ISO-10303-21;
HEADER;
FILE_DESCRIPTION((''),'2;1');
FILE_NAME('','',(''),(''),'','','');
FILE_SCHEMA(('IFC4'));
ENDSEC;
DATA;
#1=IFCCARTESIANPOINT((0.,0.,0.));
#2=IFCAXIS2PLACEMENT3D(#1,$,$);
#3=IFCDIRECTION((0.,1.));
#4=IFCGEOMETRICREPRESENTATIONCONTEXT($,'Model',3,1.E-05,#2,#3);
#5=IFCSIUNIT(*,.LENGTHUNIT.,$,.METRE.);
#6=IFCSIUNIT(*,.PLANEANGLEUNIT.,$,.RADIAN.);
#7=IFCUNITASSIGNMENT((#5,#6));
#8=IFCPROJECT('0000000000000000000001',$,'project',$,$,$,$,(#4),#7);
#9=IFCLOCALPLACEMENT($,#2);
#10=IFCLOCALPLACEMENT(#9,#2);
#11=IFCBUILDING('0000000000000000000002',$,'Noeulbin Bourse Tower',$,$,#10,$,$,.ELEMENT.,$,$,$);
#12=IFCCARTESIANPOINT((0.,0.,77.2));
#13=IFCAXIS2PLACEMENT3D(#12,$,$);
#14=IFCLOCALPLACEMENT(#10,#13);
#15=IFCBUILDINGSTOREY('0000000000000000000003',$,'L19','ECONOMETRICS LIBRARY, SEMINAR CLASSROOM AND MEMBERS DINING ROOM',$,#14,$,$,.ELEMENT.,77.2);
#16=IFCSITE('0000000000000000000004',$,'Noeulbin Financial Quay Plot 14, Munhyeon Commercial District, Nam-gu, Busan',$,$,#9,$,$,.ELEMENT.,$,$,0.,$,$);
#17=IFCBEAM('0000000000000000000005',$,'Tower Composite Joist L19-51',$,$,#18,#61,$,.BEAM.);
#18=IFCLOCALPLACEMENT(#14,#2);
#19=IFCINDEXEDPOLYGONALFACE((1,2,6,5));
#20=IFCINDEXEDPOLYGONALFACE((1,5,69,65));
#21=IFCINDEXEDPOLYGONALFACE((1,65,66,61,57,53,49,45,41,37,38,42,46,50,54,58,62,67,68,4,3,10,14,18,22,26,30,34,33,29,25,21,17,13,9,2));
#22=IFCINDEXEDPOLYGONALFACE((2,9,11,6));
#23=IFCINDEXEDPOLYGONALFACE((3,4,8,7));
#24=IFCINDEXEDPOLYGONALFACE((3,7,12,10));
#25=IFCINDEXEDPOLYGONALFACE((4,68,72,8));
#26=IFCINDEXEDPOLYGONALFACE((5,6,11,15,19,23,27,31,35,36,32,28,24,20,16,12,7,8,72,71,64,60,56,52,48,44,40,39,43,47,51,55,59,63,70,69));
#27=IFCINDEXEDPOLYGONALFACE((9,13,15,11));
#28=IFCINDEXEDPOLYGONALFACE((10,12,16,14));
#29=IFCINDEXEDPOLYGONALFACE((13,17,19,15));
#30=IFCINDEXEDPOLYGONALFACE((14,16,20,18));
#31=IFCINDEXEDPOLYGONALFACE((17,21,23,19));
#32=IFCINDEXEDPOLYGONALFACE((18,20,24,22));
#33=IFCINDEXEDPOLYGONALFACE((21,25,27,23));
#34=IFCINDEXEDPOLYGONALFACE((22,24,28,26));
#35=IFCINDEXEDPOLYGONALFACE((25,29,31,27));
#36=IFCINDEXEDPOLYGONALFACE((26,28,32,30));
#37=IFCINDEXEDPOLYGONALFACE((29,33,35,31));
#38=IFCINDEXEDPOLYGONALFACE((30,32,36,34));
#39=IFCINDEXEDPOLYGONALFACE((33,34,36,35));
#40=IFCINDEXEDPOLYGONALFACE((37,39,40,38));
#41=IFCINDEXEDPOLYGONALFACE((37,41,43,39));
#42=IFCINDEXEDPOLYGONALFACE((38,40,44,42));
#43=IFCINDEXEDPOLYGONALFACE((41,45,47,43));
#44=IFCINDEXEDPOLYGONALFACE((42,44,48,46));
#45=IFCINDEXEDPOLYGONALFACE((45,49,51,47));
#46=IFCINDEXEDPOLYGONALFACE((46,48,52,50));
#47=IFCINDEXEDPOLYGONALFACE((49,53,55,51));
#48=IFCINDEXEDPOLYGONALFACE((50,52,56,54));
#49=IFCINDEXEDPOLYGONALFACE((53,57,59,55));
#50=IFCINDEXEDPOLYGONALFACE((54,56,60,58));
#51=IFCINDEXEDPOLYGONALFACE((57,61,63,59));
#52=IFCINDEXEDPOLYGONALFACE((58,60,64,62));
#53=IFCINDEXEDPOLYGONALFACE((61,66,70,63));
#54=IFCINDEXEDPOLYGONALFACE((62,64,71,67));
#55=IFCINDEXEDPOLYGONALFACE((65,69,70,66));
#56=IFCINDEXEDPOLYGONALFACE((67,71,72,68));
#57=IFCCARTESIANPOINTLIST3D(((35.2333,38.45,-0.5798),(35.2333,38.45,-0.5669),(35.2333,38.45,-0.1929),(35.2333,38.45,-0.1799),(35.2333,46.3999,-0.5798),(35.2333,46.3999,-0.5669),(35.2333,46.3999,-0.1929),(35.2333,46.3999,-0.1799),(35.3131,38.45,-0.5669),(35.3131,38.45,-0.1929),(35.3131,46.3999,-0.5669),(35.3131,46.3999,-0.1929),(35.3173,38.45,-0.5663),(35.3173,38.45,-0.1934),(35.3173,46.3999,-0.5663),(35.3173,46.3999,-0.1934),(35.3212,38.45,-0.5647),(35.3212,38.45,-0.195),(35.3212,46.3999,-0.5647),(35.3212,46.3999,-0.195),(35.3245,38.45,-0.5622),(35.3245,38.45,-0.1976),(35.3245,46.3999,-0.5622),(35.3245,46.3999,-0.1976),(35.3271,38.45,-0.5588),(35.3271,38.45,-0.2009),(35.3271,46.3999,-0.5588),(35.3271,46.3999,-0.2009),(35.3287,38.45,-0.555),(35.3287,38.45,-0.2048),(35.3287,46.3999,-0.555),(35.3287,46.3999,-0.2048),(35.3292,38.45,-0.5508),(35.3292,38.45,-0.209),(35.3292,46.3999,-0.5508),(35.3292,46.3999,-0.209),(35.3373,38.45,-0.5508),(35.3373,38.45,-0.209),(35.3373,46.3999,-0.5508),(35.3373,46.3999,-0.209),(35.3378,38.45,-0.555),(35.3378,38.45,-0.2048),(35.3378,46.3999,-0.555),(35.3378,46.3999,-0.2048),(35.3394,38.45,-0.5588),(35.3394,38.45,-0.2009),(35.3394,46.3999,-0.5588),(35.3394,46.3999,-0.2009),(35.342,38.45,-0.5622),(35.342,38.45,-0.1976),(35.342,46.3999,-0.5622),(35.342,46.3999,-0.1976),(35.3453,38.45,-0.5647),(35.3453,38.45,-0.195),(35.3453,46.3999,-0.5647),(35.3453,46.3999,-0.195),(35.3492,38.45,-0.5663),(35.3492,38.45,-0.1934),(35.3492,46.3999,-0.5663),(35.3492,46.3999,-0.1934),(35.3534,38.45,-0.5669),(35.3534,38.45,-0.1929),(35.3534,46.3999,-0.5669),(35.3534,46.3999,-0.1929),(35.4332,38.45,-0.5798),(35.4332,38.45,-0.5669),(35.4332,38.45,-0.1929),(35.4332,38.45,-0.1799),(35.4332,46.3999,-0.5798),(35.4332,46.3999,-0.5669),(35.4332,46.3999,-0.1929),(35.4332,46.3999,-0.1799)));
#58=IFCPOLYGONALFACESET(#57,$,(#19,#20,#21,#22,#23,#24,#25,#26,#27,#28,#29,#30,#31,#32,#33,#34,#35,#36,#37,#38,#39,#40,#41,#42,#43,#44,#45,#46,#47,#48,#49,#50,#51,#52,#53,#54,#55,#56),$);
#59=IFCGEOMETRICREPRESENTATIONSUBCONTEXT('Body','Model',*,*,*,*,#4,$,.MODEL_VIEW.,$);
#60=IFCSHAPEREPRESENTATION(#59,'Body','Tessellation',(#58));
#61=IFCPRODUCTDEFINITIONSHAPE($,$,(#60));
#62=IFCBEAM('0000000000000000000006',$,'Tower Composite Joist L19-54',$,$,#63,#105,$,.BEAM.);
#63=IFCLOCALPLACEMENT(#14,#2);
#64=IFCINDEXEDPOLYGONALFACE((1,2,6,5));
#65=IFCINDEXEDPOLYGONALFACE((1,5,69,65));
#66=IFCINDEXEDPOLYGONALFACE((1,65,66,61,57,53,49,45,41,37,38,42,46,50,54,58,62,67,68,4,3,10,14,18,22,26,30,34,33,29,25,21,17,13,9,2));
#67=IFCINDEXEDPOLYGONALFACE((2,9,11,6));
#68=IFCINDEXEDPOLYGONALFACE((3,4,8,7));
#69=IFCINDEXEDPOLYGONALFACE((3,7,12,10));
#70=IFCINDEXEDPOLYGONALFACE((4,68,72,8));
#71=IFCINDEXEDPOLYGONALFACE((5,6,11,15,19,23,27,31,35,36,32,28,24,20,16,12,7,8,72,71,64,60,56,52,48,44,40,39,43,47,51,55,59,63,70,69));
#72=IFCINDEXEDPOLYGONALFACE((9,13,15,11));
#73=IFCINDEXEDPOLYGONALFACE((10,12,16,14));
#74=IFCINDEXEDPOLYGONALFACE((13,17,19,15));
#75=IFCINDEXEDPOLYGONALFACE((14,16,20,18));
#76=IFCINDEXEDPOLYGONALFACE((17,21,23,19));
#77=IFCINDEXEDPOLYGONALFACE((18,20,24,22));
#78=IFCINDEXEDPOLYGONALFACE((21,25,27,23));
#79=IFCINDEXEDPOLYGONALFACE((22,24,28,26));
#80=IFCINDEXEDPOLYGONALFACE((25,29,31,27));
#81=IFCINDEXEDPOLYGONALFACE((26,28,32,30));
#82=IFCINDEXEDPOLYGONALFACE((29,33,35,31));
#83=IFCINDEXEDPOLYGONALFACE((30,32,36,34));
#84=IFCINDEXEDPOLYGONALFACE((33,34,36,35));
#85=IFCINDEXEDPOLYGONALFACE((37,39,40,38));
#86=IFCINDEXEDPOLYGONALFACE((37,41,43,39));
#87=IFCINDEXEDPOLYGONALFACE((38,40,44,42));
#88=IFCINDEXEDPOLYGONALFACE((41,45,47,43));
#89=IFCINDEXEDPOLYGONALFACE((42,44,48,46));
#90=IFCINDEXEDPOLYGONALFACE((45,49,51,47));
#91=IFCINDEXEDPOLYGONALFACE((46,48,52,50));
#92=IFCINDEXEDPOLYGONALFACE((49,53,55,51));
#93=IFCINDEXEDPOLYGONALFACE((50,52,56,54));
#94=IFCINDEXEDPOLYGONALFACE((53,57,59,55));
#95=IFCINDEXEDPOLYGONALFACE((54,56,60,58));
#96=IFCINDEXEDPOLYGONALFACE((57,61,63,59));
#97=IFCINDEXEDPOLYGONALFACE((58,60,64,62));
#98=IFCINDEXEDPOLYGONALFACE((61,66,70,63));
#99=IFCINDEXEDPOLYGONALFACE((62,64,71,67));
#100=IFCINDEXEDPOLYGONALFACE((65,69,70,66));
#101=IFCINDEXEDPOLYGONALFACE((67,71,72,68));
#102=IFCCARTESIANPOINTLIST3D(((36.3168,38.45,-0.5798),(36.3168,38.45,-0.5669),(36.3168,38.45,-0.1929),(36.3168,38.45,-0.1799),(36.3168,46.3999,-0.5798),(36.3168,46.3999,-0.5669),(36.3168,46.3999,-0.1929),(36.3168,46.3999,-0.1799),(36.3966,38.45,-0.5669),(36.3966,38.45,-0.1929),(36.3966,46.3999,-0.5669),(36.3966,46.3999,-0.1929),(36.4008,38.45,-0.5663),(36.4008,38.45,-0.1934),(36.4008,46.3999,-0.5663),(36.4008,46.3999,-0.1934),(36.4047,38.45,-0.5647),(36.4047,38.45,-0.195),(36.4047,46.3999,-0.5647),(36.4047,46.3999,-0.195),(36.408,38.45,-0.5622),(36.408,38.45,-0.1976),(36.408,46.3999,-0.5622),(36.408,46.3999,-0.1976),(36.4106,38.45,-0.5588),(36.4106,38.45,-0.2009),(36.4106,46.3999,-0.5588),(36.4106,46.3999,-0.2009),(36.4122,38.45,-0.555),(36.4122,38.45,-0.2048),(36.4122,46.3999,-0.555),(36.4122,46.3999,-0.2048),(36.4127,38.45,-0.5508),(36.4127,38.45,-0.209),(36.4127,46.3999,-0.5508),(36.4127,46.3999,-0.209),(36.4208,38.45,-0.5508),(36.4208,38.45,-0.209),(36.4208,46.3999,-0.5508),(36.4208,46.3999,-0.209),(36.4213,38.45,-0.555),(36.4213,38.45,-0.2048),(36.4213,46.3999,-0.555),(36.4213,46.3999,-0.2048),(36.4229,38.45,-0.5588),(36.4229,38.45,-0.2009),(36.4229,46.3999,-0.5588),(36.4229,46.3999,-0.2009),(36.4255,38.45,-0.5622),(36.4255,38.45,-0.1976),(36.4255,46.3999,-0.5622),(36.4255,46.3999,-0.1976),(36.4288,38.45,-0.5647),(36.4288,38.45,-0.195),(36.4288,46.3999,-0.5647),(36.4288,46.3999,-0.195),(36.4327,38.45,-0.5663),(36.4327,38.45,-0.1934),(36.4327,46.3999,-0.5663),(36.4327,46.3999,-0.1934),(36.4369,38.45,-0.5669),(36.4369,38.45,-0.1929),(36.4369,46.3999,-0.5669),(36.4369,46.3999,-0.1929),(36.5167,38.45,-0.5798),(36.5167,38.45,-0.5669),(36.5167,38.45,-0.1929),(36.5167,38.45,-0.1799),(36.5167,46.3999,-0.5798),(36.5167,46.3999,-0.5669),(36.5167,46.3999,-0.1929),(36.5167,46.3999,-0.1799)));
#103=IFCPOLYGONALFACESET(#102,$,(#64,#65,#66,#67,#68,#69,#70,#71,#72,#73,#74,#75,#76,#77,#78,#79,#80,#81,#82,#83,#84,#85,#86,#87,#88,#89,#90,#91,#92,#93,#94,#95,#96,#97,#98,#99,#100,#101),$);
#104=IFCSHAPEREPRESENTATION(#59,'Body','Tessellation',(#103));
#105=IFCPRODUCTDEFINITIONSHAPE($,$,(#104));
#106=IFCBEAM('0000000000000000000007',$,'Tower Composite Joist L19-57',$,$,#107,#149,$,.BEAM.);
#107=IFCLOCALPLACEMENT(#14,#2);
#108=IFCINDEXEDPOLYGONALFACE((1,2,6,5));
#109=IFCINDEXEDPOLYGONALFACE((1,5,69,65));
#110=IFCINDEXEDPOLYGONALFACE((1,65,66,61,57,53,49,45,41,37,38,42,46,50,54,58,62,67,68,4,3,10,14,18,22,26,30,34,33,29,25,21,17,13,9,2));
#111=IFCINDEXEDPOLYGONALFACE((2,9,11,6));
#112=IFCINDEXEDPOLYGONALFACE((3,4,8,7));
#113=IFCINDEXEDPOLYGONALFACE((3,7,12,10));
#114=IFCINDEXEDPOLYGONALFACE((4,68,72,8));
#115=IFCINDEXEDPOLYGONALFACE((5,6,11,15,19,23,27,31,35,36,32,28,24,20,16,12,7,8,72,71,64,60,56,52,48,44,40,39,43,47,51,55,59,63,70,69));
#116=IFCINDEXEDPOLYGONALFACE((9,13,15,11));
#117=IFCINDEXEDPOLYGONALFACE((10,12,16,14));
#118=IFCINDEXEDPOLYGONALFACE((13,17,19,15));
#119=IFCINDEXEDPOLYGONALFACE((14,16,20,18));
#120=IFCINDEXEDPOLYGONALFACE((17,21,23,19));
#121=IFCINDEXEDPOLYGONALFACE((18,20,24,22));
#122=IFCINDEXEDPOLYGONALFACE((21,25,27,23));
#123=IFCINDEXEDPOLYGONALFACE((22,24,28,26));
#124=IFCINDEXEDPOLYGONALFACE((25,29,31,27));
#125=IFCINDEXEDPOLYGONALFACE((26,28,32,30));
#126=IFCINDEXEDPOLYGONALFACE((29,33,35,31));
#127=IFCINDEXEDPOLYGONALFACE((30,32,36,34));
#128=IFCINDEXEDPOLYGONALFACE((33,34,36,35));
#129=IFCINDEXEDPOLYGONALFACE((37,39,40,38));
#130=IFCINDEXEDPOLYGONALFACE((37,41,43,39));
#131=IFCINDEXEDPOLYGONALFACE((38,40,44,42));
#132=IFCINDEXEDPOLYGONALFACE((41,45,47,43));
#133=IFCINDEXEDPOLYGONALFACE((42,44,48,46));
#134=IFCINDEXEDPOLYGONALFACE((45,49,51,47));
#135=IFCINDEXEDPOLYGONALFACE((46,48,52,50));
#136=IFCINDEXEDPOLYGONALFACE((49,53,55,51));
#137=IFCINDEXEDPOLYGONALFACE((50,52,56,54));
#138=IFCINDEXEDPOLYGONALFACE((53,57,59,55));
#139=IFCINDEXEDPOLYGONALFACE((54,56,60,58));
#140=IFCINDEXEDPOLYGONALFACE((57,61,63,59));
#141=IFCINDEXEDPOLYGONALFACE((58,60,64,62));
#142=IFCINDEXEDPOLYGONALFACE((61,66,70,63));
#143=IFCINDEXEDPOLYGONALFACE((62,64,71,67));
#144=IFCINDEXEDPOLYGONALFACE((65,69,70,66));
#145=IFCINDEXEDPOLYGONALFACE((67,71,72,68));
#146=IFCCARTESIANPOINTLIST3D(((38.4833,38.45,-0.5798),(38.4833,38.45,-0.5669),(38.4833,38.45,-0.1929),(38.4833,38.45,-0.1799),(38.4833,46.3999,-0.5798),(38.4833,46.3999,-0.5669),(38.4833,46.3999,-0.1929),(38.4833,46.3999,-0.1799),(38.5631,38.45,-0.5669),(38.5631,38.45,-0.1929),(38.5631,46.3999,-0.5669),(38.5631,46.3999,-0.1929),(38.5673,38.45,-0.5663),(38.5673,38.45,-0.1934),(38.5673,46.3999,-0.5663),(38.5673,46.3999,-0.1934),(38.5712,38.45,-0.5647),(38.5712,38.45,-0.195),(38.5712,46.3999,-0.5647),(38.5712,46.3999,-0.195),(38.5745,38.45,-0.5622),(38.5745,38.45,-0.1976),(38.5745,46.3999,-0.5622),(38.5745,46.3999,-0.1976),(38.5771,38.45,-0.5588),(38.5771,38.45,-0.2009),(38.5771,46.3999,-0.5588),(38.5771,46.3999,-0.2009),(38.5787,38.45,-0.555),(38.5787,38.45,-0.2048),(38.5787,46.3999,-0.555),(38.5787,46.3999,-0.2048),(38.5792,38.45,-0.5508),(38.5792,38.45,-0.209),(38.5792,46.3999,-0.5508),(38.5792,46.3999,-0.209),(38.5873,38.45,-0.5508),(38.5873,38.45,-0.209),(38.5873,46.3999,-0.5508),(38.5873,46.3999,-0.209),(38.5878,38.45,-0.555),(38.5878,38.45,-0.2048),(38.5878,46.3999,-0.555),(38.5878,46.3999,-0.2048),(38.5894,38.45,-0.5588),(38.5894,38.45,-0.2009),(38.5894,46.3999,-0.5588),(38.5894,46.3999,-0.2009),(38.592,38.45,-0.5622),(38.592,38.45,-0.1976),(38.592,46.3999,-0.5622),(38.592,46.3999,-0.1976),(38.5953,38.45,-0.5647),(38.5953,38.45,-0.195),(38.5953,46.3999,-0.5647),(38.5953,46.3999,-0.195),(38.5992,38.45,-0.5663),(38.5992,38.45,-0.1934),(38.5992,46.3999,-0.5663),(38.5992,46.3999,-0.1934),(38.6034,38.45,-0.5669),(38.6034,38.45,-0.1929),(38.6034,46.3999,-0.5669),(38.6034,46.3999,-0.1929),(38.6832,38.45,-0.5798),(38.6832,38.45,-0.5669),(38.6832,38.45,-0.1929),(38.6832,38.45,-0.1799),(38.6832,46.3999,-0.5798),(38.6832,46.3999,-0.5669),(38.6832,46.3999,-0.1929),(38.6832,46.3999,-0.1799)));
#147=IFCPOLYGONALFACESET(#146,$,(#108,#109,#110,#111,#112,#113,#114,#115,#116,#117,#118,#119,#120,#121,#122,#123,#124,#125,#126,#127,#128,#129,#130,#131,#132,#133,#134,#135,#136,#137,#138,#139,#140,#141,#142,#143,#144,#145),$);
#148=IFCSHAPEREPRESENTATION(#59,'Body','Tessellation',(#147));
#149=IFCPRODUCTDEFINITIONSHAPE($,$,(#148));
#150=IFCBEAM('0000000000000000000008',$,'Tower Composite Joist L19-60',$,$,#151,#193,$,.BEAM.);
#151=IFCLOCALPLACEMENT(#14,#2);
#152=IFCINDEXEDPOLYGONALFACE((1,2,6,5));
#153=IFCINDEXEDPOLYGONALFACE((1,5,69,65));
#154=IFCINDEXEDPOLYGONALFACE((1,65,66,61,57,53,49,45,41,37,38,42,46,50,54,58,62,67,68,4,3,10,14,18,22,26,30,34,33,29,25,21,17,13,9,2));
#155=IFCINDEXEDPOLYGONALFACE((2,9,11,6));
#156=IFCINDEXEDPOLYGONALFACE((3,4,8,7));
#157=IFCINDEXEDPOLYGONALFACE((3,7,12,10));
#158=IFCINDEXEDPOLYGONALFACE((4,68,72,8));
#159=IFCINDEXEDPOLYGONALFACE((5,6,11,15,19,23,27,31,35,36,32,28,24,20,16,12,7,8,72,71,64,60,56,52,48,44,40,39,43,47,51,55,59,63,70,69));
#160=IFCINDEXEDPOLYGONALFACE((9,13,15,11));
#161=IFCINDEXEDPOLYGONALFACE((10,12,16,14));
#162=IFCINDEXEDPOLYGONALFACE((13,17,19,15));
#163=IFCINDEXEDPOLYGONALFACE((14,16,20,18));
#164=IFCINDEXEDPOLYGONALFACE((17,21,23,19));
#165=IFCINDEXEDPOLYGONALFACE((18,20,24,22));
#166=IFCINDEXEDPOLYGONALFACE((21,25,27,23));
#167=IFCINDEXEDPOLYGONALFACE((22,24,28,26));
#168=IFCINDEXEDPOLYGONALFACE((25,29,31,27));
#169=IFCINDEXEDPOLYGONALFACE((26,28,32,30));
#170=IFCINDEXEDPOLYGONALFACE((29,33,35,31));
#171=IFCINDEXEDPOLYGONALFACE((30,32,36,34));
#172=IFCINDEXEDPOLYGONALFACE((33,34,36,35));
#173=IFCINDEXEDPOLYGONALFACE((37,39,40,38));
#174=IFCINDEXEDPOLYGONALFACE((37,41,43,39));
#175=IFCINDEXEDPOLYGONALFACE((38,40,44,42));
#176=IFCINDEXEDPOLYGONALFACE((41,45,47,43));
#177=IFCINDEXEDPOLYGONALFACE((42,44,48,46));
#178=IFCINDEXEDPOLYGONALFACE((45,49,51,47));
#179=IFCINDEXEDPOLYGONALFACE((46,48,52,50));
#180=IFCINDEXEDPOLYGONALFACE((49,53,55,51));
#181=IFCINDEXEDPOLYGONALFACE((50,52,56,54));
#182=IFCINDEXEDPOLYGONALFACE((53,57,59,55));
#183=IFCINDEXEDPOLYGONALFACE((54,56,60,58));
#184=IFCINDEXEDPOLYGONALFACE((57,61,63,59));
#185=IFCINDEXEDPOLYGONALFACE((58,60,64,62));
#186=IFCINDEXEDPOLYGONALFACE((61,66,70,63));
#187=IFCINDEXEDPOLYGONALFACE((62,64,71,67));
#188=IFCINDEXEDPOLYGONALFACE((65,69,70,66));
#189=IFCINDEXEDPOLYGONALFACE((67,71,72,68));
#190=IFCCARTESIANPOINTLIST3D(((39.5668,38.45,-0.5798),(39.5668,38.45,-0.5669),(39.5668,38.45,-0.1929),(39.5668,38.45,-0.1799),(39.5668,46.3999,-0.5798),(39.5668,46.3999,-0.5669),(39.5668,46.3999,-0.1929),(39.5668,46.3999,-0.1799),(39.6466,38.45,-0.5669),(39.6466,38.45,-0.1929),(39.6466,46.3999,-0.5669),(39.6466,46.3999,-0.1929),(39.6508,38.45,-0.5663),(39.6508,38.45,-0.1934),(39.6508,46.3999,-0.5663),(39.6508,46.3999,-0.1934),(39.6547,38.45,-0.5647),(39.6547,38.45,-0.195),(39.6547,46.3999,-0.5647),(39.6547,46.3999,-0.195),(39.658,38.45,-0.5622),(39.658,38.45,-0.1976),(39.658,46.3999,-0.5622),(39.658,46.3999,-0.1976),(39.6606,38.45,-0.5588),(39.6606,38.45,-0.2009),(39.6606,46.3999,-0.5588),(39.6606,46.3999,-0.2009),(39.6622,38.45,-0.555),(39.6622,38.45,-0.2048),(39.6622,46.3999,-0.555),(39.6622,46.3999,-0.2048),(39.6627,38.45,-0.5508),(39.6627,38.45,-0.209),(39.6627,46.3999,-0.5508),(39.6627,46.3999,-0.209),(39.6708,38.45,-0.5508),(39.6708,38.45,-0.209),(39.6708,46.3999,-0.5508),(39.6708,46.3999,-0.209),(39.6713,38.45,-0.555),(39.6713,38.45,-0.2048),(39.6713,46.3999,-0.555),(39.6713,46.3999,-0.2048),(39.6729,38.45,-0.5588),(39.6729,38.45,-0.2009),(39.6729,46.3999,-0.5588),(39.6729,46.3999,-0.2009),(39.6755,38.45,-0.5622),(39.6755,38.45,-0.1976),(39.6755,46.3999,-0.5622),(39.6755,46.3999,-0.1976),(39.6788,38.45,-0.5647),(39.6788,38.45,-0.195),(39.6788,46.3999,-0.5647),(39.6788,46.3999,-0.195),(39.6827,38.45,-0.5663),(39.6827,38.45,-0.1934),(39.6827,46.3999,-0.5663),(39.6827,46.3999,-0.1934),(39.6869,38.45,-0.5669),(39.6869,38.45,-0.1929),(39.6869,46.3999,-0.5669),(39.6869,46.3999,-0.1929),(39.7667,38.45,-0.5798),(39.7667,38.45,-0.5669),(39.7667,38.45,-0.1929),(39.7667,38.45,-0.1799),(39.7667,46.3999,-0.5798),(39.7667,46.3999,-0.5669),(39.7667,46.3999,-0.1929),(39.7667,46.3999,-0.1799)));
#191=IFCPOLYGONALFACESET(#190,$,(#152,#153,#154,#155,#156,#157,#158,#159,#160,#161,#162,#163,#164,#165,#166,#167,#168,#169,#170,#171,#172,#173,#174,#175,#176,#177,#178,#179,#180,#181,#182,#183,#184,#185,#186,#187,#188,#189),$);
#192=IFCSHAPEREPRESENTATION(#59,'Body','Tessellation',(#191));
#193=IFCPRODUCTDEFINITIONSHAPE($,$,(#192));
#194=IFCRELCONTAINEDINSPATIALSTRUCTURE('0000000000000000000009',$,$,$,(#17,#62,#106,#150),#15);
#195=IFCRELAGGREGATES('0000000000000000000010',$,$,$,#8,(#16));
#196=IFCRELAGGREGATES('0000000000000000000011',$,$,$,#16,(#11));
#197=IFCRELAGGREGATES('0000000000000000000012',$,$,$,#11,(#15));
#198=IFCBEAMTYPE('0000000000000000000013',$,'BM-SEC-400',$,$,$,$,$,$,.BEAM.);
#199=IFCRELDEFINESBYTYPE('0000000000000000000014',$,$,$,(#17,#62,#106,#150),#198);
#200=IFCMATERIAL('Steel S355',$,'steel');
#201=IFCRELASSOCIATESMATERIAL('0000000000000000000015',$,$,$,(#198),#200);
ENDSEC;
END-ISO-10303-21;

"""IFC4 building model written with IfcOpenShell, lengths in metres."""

from ifc_helpers import new_model, si_unit, direction, frame, origin, origin_2d, place, context, subcontext, project, spatial, i_section, extrude, material, material_profile, profile_set, type_object, element, save


model = new_model("IFC4")

# Units and contexts
model_context = context("Model", 3, precision=1e-05, world=origin(), true_north=direction((0.0, 1.0)))
body_context = subcontext(model_context, "Body", "Model", "MODEL_VIEW")
ifc_project = project(units=[si_unit("LENGTHUNIT", "METRE"), si_unit("PLANEANGLEUNIT", "RADIAN")], contexts=[model_context])

# Site, building, storey
site_placement = place(None, origin())
site = spatial("IfcSite", under=ifc_project, at=site_placement, Name="Noeulbin Financial Quay Plot 14, Munhyeon Commercial District, Nam-gu, Busan", CompositionType="ELEMENT", RefElevation=0.0)
building_placement = place(site_placement, origin())
building = spatial("IfcBuilding", under=site, at=building_placement, Name="Noeulbin Bourse Tower", CompositionType="ELEMENT")
storey_placement = place(building_placement, frame((0.0, 0.0, 77.2)))
storey = spatial("IfcBuildingStorey", under=building, at=storey_placement, Name="L19", Description="ECONOMETRICS LIBRARY, SEMINAR CLASSROOM AND MEMBERS DINING ROOM", CompositionType="ELEMENT", Elevation=77.2)

# Beams
ifc_material_1 = material(Name="Steel S355", Category="steel")
ifc_material_profile_1 = material_profile(ifc_material_1, i_section(OverallWidth=0.2, OverallDepth=0.3999, WebThickness=0.0081, FlangeThickness=0.0129, FilletRadius=0.0161, at=origin_2d()), Name="H-400x200x8x13", Category="LoadBearing")
ifc_profile_set_1 = profile_set([ifc_material_profile_1], Name="Steel S355")
beam_type_1 = type_object("IfcBeamType", Name="BM-SEC-400", PredefinedType="BEAM", material=ifc_profile_set_1)
for number, where, z_axis, x_axis, name in (
    (1, (35.3333, 38.45, -0.3799), (0.0, 1.0, 0.0), (-1.0, 0.0, 0.0), "Tower Composite Joist L19-51"),
    (2, (36.4167, 38.45, -0.3799), (0.0, 1.0, 0.0), (-1.0, 0.0, 0.0), "Tower Composite Joist L19-54"),
    (3, (38.5833, 38.45, -0.3799), (0.0, 1.0, 0.0), (-1.0, 0.0, 0.0), "Tower Composite Joist L19-57"),
    (4, (39.6667, 38.45, -0.3799), (0.0, 1.0, 0.0), (-1.0, 0.0, 0.0), "Tower Composite Joist L19-60"),
):
    element("IfcBeam", number, at=place(storey_placement, frame(where, z_axis=z_axis, x_axis=x_axis)), inside=storey, type_object=beam_type_1, Name=name, PredefinedType="BEAM", context=body_context, shape_type="SweptSolid", body=[
        extrude(i_section(OverallWidth=0.2, OverallDepth=0.3999, WebThickness=0.0081, FlangeThickness=0.0129, FilletRadius=0.0161, at=origin_2d()), origin(), (0.0, 0.0, 1.0), 7.95),
    ])

save(model, "model.ifc")
